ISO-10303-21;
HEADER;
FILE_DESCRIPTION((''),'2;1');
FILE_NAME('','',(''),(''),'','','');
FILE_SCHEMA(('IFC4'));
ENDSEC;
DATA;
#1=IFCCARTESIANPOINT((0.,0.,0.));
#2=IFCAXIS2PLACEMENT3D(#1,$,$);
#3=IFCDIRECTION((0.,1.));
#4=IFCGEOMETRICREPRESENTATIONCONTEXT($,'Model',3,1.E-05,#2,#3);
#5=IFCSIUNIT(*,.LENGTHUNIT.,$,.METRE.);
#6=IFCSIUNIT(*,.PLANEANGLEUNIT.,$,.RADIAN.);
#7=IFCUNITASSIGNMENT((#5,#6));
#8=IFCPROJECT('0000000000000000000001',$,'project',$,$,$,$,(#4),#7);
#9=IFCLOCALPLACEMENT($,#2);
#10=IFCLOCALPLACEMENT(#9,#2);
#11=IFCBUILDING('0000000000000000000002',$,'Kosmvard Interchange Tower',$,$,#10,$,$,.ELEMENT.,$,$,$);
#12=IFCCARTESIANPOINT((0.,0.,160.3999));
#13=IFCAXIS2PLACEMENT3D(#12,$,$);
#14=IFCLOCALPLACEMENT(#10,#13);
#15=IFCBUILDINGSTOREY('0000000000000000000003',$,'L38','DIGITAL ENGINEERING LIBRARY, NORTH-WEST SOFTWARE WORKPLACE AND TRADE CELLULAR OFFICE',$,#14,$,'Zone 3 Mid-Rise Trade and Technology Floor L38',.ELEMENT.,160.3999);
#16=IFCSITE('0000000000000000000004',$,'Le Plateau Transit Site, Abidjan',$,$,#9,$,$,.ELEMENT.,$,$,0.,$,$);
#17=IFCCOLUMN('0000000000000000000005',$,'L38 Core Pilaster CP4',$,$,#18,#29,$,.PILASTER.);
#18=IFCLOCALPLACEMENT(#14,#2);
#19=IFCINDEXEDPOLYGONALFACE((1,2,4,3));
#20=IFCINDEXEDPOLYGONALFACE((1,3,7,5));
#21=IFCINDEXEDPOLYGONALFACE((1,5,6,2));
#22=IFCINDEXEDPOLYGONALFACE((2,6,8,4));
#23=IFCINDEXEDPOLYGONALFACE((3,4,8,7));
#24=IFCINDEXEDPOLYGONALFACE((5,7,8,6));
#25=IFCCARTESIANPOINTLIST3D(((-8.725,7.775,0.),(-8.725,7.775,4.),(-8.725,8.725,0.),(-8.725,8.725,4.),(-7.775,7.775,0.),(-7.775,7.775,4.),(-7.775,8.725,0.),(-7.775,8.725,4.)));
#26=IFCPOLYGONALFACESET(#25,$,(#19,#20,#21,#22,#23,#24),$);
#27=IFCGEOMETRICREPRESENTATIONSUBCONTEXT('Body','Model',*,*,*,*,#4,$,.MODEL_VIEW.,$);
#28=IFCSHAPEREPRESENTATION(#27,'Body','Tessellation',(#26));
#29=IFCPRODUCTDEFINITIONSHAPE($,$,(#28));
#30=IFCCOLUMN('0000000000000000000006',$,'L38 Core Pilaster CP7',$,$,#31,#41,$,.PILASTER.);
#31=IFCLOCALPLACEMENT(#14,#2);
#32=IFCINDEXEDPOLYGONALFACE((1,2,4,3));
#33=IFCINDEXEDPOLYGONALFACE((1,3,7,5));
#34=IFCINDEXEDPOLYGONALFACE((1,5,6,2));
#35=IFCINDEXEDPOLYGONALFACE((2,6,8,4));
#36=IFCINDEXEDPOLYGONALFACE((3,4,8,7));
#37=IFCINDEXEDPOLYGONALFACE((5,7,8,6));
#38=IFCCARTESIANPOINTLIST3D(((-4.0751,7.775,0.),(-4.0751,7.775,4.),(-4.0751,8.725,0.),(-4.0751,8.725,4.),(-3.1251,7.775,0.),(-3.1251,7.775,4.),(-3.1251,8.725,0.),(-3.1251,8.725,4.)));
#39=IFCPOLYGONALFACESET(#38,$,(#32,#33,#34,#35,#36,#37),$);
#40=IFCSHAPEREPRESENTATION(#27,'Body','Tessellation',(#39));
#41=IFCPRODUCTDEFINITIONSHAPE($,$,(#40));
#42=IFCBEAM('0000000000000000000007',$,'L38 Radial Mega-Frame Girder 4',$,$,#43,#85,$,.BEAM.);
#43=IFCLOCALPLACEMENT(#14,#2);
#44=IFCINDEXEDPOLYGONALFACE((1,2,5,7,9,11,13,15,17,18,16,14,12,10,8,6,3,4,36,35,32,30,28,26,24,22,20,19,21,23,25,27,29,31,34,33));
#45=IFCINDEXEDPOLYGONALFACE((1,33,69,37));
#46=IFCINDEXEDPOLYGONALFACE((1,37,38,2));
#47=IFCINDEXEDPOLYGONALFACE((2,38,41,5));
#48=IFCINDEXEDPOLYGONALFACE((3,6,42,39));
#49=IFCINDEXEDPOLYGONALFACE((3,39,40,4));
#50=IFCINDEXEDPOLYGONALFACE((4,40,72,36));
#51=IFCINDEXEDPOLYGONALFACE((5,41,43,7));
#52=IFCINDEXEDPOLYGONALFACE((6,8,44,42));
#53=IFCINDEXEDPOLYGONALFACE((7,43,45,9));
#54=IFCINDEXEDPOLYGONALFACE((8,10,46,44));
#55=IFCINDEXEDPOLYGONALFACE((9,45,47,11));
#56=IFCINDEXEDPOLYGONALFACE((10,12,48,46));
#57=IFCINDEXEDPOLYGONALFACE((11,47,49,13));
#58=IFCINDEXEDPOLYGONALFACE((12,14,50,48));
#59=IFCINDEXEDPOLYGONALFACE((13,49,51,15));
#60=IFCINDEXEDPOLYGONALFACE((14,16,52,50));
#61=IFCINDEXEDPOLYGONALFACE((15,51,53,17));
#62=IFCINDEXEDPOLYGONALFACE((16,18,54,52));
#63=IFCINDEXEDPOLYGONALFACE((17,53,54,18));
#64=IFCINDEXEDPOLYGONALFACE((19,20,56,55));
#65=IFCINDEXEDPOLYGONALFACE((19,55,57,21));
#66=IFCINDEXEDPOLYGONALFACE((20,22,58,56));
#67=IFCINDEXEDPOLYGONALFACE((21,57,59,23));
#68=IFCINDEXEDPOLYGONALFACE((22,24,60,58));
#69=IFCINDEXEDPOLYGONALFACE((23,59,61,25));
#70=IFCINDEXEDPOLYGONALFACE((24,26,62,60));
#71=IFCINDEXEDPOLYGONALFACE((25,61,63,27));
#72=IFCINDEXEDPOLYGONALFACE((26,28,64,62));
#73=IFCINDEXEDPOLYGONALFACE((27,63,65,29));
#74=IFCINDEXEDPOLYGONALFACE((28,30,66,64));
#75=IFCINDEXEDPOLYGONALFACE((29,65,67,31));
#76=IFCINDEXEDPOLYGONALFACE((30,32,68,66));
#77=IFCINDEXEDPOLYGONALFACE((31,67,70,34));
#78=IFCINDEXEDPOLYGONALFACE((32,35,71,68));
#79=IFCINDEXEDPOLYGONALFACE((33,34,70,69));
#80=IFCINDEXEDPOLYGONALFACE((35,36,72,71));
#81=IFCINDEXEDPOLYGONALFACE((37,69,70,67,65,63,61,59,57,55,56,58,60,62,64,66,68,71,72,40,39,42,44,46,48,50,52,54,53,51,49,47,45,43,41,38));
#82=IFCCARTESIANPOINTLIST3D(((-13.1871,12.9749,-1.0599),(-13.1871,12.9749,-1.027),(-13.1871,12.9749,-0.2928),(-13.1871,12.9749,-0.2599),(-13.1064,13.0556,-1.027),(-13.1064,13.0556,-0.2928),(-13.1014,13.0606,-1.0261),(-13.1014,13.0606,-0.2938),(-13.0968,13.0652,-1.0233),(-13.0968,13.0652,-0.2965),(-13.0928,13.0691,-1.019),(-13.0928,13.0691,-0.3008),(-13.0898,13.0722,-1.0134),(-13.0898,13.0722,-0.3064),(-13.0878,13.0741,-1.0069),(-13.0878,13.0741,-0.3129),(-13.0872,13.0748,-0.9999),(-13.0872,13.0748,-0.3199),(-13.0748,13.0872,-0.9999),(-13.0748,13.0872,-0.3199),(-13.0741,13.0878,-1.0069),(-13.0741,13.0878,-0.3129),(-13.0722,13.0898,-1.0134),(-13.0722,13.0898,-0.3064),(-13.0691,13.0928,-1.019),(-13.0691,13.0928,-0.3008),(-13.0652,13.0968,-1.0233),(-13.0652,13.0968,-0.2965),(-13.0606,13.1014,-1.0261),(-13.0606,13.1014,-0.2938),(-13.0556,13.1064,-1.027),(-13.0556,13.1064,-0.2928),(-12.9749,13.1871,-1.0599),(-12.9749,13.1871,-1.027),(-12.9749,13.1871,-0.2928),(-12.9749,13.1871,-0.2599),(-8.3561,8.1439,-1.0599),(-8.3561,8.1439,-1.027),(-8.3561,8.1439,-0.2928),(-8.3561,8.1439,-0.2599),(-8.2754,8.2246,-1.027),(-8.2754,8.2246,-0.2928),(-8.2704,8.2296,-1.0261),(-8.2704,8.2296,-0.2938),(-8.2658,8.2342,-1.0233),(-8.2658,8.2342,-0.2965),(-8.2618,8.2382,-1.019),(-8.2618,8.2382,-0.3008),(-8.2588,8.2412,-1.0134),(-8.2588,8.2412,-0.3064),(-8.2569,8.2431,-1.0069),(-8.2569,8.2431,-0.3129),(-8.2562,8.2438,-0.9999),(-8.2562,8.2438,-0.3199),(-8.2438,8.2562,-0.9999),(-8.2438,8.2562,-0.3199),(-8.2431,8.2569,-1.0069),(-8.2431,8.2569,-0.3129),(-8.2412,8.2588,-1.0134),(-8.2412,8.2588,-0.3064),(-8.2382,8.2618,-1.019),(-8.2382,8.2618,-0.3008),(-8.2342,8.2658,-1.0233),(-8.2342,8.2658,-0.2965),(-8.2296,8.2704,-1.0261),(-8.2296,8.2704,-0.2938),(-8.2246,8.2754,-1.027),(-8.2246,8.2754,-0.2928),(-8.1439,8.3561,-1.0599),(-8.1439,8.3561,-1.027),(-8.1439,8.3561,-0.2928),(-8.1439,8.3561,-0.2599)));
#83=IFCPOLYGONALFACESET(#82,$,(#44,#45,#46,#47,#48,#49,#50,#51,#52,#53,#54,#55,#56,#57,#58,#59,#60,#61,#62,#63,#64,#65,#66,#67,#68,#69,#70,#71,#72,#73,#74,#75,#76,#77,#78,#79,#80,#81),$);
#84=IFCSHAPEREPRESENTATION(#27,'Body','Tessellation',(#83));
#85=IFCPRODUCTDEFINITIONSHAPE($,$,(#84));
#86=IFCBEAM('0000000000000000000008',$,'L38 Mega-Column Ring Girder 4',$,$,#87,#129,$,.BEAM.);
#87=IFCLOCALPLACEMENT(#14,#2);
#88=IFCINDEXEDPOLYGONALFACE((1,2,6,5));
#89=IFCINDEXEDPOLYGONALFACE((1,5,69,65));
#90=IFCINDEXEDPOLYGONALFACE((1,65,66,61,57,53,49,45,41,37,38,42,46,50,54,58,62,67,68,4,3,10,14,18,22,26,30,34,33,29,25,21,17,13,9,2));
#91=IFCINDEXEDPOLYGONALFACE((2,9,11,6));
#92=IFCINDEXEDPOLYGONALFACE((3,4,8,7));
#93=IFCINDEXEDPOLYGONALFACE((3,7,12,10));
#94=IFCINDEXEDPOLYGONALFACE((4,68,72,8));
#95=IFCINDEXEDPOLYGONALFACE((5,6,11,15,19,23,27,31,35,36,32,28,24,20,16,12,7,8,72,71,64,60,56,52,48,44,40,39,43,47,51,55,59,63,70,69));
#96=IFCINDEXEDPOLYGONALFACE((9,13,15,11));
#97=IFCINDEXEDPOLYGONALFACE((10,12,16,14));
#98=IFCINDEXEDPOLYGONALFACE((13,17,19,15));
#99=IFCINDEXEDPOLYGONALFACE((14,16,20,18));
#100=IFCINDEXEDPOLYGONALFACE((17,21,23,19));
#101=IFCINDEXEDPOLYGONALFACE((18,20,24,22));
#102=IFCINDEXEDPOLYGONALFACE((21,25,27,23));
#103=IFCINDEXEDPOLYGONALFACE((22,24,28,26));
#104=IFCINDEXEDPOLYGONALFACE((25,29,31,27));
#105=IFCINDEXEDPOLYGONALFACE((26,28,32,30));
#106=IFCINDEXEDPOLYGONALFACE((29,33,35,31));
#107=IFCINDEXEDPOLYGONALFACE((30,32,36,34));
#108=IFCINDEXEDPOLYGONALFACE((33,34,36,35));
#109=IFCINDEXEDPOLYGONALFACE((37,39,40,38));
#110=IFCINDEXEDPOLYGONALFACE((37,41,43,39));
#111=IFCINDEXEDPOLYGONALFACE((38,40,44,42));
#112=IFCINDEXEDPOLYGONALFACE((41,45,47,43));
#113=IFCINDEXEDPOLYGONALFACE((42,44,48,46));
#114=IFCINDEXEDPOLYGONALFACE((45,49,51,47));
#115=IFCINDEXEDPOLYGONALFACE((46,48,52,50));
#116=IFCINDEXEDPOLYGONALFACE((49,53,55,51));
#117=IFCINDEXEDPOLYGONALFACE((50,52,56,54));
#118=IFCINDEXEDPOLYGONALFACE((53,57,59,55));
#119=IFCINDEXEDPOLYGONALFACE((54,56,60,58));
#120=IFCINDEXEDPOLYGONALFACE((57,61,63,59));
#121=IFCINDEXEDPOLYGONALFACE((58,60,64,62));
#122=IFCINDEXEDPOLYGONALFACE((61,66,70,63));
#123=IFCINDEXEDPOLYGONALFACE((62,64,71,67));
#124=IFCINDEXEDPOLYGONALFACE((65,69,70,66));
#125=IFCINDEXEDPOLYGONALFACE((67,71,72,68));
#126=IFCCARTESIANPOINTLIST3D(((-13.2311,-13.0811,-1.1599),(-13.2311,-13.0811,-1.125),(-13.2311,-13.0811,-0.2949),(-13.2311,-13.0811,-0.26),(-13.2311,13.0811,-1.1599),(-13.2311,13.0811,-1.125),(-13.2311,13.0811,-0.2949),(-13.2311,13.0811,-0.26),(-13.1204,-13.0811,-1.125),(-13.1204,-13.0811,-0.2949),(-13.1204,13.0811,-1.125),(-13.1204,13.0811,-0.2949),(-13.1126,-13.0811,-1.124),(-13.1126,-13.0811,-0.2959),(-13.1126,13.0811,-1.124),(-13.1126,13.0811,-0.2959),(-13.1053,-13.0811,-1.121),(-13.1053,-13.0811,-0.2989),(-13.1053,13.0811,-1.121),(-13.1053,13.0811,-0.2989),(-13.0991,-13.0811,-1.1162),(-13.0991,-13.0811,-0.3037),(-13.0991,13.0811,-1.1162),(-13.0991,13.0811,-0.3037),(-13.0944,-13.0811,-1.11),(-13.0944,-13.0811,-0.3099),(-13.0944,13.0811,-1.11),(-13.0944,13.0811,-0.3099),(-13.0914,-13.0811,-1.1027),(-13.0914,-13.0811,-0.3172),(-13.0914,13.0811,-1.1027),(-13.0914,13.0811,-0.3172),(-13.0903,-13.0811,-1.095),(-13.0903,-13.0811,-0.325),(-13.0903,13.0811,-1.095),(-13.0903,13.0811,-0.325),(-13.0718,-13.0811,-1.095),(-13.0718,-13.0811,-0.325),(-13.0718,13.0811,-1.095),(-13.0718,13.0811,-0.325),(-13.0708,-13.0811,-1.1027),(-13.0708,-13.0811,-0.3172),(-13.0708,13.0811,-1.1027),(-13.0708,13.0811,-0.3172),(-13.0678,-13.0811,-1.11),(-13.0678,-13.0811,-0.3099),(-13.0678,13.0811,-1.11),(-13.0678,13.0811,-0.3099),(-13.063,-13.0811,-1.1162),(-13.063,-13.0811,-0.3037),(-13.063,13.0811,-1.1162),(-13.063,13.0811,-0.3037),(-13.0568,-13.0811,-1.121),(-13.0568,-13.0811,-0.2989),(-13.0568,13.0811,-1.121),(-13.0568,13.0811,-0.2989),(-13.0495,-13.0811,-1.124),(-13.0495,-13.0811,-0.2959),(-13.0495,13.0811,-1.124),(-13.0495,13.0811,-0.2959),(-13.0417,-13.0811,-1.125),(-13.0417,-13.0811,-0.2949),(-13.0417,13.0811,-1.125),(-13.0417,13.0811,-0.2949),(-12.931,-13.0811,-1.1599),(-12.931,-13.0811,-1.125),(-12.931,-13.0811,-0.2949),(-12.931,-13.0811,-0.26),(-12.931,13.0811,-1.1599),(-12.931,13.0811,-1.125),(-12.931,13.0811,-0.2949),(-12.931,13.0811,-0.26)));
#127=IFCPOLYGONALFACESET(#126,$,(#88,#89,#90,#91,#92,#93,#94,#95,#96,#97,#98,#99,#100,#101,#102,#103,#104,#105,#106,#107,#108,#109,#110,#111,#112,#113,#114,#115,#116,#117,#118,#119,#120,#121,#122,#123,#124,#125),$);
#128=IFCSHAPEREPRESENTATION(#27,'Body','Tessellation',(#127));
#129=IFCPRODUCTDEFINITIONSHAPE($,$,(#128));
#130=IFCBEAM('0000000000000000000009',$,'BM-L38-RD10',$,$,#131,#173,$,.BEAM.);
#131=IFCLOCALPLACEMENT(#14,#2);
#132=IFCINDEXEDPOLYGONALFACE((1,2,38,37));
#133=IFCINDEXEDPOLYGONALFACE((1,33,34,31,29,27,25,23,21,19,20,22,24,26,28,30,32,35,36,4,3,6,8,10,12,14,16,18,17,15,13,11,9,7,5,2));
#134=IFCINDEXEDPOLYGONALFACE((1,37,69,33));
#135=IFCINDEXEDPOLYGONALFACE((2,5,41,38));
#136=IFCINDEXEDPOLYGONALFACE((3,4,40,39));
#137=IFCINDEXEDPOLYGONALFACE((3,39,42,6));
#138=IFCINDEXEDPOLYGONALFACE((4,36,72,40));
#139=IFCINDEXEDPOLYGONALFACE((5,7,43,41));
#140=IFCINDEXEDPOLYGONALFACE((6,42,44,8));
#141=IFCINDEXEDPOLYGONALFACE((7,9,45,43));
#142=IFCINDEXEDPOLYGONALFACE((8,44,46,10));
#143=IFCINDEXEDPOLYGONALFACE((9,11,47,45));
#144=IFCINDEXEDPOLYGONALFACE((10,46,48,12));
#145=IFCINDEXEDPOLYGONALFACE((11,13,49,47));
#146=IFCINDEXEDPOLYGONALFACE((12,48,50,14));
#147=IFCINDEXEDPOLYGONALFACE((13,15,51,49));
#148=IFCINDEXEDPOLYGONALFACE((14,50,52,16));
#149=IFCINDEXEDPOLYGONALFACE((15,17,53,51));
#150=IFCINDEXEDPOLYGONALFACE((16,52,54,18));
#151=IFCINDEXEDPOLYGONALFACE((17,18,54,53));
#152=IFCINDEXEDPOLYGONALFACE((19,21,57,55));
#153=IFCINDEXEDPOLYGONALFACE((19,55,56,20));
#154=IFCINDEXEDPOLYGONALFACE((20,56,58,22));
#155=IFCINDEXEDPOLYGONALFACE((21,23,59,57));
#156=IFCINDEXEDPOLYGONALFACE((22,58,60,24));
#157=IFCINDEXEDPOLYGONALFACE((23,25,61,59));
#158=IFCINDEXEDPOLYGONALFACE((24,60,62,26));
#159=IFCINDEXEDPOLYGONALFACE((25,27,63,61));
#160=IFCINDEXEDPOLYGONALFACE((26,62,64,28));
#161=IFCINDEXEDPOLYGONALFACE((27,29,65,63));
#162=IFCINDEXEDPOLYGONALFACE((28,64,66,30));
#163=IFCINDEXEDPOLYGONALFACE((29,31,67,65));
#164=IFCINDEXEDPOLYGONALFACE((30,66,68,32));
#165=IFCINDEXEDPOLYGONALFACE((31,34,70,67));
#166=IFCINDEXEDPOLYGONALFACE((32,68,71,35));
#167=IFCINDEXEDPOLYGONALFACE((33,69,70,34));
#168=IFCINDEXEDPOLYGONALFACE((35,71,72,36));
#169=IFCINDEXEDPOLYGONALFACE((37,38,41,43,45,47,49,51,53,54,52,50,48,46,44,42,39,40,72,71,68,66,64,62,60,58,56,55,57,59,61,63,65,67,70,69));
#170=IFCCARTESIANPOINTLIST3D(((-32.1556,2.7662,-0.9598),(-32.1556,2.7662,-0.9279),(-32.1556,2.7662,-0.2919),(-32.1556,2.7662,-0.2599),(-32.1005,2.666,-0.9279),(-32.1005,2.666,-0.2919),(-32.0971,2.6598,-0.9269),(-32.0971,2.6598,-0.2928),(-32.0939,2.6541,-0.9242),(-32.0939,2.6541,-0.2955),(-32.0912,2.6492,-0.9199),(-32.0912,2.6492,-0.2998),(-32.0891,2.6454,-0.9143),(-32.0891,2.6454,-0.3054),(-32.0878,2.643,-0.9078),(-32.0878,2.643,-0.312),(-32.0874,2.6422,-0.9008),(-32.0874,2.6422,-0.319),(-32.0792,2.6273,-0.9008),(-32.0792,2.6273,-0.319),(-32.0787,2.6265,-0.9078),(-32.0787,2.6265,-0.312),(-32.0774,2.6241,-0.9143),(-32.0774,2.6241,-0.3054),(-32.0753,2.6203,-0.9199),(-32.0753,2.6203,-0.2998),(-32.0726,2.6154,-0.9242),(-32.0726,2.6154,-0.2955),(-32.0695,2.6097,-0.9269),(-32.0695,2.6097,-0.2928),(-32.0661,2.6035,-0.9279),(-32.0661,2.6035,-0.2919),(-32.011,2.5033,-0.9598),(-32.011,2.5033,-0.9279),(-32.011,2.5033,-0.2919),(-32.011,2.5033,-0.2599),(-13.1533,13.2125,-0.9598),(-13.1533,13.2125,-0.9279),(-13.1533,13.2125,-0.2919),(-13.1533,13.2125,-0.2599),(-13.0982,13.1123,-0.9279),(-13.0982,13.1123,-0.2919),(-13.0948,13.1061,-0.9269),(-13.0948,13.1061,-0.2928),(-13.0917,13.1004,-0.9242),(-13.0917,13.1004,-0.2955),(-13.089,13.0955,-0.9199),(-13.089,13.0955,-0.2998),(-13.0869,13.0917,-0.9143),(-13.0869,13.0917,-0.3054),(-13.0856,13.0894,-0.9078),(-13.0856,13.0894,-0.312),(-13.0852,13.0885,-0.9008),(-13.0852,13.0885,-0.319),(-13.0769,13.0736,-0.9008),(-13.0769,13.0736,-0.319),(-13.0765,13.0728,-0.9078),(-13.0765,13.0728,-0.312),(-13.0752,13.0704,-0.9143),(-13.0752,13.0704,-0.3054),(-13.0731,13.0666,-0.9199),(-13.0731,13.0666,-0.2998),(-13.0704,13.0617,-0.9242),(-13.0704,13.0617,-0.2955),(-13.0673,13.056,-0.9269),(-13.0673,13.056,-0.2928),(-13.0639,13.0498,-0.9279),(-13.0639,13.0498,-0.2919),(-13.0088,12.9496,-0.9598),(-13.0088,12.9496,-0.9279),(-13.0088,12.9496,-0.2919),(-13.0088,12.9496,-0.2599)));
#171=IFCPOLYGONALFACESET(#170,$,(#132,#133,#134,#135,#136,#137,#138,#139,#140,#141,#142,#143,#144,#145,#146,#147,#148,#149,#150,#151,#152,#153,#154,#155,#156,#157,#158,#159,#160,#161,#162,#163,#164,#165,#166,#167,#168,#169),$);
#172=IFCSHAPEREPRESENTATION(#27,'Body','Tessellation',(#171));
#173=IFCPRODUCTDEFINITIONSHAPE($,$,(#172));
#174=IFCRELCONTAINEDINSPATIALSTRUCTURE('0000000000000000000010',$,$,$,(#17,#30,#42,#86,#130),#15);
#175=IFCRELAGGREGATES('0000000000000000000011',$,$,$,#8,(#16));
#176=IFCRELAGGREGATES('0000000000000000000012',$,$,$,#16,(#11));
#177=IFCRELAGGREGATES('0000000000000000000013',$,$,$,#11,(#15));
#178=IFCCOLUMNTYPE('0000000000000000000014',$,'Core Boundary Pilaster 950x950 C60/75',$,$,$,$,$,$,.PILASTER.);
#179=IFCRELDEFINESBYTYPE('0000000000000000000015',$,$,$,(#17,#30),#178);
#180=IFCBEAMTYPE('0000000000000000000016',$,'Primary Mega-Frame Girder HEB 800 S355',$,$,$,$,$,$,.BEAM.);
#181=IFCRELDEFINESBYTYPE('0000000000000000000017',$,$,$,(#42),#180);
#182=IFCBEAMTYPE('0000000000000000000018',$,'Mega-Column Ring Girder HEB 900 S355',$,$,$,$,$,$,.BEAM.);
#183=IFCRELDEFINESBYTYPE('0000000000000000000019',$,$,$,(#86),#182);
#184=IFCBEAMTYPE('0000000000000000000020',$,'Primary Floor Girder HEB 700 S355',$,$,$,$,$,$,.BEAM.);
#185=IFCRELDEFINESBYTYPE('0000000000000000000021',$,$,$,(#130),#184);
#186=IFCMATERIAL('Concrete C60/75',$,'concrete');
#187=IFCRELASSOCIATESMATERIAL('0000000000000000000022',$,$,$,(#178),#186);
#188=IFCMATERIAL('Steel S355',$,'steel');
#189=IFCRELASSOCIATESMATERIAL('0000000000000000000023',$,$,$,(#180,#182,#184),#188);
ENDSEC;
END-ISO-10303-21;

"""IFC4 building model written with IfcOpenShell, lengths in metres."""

from ifc_helpers import new_model, si_unit, direction, frame, origin, origin_2d, place, context, subcontext, project, spatial, rectangle, i_section, extrude, source, transform, mapped, material, material_profile, profile_set, type_object, element, save


model = new_model("IFC4")

# Units and contexts
model_context = context("Model", 3, precision=1e-05, world=origin(), true_north=direction((0.0, 1.0)))
body_context = subcontext(model_context, "Body", "Model", "MODEL_VIEW")
ifc_project = project(units=[si_unit("LENGTHUNIT", "METRE"), si_unit("PLANEANGLEUNIT", "RADIAN")], contexts=[model_context])

# Site, building, storey
site_placement = place(None, origin())
site = spatial("IfcSite", under=ifc_project, at=site_placement, Name="Le Plateau Transit Site, Abidjan", CompositionType="ELEMENT", RefElevation=0.0)
building_placement = place(site_placement, origin())
building = spatial("IfcBuilding", under=site, at=building_placement, Name="Kosmvard Interchange Tower", CompositionType="ELEMENT")
storey_placement = place(building_placement, frame((0.0, 0.0, 160.3999)))
storey = spatial("IfcBuildingStorey", under=building, at=storey_placement, Name="L38", Description="DIGITAL ENGINEERING LIBRARY, NORTH-WEST SOFTWARE WORKPLACE AND TRADE CELLULAR OFFICE", LongName="Zone 3 Mid-Rise Trade and Technology Floor L38", CompositionType="ELEMENT", Elevation=160.3999)

# Columns
ifc_material_1 = material(Name="Concrete C60/75", Category="concrete")
ifc_material_profile_1 = material_profile(ifc_material_1, rectangle(XDim=0.95, YDim=0.95, at=origin_2d()), Name="CP 950x950")
ifc_profile_set_1 = profile_set([ifc_material_profile_1], Name="Concrete C60/75")
column_type = type_object("IfcColumnType", Name="Core Boundary Pilaster 950x950 C60/75", PredefinedType="PILASTER", material=ifc_profile_set_1)
shared_shape_1 = source(origin(), body_context, "Body", "SweptSolid", [
    extrude(rectangle(XDim=0.95, YDim=0.95, at=origin_2d()), origin(), (0.0, 0.0, 1.0), 4.0),
])
for number, where, z_axis, x_axis, name in (
    (1, (-8.25, 8.25, 0.0), (0.0, 0.0, 1.0), (1.0, 0.0, 0.0), "L38 Core Pilaster CP4"),
    (2, (-3.6001, 8.25, 0.0), (0.0, 0.0, 1.0), (1.0, 0.0, 0.0), "L38 Core Pilaster CP7"),
):
    element("IfcColumn", number, at=place(storey_placement, frame(where, z_axis=z_axis, x_axis=x_axis)), inside=storey, type_object=column_type, Name=name, PredefinedType="PILASTER", context=body_context, shape_type="MappedRepresentation", body=[
        mapped(shared_shape_1, transform((0.0, 0.0, 0.0), scale=1.0)),
    ])

# Beams
ifc_material_2 = material(Name="Steel S355", Category="steel")
ifc_material_profile_2 = material_profile(ifc_material_2, i_section(OverallWidth=0.3, OverallDepth=0.8, WebThickness=0.0176, FlangeThickness=0.033, FilletRadius=0.0271, at=origin_2d()), Name="HEB 800")
ifc_profile_set_2 = profile_set([ifc_material_profile_2], Name="Steel S355")
beam_type_1 = type_object("IfcBeamType", Name="Primary Mega-Frame Girder HEB 800 S355", PredefinedType="BEAM", material=ifc_profile_set_2)
shared_shape_2 = source(origin(), body_context, "Body", "SweptSolid", [
    extrude(i_section(OverallWidth=0.3, OverallDepth=0.8, WebThickness=0.0176, FlangeThickness=0.033, FilletRadius=0.0271, at=origin_2d()), origin(), (0.0, 0.0, 1.0), 6.832),
])
beam_1_placement = place(storey_placement, frame((-8.25, 8.25, -0.6599), z_axis=(-0.707107, 0.707107, 0.0), x_axis=(-0.707107, -0.707107, 0.0)))
element("IfcBeam", 3, at=beam_1_placement, inside=storey, type_object=beam_type_1, Name="L38 Radial Mega-Frame Girder 4", PredefinedType="BEAM", context=body_context, shape_type="MappedRepresentation", body=[
    mapped(shared_shape_2, transform((0.0, 0.0, 0.0), scale=1.0)),
])
ifc_material_profile_3 = material_profile(ifc_material_2, i_section(OverallWidth=0.3, OverallDepth=0.8999, WebThickness=0.0186, FlangeThickness=0.0349, FilletRadius=0.03, at=origin_2d()), Name="HEB 900")
ifc_profile_set_3 = profile_set([ifc_material_profile_3], Name="Steel S355")
beam_type_2 = type_object("IfcBeamType", Name="Mega-Column Ring Girder HEB 900 S355", PredefinedType="BEAM", material=ifc_profile_set_3)
shared_shape_3 = source(origin(), body_context, "Body", "SweptSolid", [
    extrude(i_section(OverallWidth=0.3, OverallDepth=0.8999, WebThickness=0.0186, FlangeThickness=0.0349, FilletRadius=0.03, at=origin_2d()), origin(), (0.0, 0.0, 1.0), 26.1621),
])
beam_2_placement = place(storey_placement, frame((-13.0811, 13.0811, -0.71), z_axis=(0.0, -1.0, 0.0), x_axis=(1.0, 0.0, 0.0)))
element("IfcBeam", 4, at=beam_2_placement, inside=storey, type_object=beam_type_2, Name="L38 Mega-Column Ring Girder 4", PredefinedType="BEAM", context=body_context, shape_type="MappedRepresentation", body=[
    mapped(shared_shape_3, transform((0.0, 0.0, 0.0), scale=1.0)),
])
ifc_material_profile_4 = material_profile(ifc_material_2, i_section(OverallWidth=0.3, OverallDepth=0.7, WebThickness=0.0171, FlangeThickness=0.032, FilletRadius=0.0271, at=origin_2d()), Name="HEB 700")
ifc_profile_set_4 = profile_set([ifc_material_profile_4], Name="Steel S355")
beam_type_3 = type_object("IfcBeamType", Name="Primary Floor Girder HEB 700 S355", PredefinedType="BEAM", material=ifc_profile_set_4)
shared_shape_4 = source(origin(), body_context, "Body", "SweptSolid", [
    extrude(i_section(OverallWidth=0.3, OverallDepth=0.7, WebThickness=0.0171, FlangeThickness=0.032, FilletRadius=0.0271, at=origin_2d()), origin(), (0.0, 0.0, 1.0), 21.6843),
])
beam_3_placement = place(storey_placement, frame((-13.0811, 13.0811, -0.6099), z_axis=(-0.876312, -0.481745, 0.0), x_axis=(0.481745, -0.876312, 0.0)))
element("IfcBeam", 5, at=beam_3_placement, inside=storey, type_object=beam_type_3, Name="BM-L38-RD10", PredefinedType="BEAM", context=body_context, shape_type="MappedRepresentation", body=[
    mapped(shared_shape_4, transform((0.0, 0.0, 0.0), scale=1.0)),
])

save(model, "model.ifc")
